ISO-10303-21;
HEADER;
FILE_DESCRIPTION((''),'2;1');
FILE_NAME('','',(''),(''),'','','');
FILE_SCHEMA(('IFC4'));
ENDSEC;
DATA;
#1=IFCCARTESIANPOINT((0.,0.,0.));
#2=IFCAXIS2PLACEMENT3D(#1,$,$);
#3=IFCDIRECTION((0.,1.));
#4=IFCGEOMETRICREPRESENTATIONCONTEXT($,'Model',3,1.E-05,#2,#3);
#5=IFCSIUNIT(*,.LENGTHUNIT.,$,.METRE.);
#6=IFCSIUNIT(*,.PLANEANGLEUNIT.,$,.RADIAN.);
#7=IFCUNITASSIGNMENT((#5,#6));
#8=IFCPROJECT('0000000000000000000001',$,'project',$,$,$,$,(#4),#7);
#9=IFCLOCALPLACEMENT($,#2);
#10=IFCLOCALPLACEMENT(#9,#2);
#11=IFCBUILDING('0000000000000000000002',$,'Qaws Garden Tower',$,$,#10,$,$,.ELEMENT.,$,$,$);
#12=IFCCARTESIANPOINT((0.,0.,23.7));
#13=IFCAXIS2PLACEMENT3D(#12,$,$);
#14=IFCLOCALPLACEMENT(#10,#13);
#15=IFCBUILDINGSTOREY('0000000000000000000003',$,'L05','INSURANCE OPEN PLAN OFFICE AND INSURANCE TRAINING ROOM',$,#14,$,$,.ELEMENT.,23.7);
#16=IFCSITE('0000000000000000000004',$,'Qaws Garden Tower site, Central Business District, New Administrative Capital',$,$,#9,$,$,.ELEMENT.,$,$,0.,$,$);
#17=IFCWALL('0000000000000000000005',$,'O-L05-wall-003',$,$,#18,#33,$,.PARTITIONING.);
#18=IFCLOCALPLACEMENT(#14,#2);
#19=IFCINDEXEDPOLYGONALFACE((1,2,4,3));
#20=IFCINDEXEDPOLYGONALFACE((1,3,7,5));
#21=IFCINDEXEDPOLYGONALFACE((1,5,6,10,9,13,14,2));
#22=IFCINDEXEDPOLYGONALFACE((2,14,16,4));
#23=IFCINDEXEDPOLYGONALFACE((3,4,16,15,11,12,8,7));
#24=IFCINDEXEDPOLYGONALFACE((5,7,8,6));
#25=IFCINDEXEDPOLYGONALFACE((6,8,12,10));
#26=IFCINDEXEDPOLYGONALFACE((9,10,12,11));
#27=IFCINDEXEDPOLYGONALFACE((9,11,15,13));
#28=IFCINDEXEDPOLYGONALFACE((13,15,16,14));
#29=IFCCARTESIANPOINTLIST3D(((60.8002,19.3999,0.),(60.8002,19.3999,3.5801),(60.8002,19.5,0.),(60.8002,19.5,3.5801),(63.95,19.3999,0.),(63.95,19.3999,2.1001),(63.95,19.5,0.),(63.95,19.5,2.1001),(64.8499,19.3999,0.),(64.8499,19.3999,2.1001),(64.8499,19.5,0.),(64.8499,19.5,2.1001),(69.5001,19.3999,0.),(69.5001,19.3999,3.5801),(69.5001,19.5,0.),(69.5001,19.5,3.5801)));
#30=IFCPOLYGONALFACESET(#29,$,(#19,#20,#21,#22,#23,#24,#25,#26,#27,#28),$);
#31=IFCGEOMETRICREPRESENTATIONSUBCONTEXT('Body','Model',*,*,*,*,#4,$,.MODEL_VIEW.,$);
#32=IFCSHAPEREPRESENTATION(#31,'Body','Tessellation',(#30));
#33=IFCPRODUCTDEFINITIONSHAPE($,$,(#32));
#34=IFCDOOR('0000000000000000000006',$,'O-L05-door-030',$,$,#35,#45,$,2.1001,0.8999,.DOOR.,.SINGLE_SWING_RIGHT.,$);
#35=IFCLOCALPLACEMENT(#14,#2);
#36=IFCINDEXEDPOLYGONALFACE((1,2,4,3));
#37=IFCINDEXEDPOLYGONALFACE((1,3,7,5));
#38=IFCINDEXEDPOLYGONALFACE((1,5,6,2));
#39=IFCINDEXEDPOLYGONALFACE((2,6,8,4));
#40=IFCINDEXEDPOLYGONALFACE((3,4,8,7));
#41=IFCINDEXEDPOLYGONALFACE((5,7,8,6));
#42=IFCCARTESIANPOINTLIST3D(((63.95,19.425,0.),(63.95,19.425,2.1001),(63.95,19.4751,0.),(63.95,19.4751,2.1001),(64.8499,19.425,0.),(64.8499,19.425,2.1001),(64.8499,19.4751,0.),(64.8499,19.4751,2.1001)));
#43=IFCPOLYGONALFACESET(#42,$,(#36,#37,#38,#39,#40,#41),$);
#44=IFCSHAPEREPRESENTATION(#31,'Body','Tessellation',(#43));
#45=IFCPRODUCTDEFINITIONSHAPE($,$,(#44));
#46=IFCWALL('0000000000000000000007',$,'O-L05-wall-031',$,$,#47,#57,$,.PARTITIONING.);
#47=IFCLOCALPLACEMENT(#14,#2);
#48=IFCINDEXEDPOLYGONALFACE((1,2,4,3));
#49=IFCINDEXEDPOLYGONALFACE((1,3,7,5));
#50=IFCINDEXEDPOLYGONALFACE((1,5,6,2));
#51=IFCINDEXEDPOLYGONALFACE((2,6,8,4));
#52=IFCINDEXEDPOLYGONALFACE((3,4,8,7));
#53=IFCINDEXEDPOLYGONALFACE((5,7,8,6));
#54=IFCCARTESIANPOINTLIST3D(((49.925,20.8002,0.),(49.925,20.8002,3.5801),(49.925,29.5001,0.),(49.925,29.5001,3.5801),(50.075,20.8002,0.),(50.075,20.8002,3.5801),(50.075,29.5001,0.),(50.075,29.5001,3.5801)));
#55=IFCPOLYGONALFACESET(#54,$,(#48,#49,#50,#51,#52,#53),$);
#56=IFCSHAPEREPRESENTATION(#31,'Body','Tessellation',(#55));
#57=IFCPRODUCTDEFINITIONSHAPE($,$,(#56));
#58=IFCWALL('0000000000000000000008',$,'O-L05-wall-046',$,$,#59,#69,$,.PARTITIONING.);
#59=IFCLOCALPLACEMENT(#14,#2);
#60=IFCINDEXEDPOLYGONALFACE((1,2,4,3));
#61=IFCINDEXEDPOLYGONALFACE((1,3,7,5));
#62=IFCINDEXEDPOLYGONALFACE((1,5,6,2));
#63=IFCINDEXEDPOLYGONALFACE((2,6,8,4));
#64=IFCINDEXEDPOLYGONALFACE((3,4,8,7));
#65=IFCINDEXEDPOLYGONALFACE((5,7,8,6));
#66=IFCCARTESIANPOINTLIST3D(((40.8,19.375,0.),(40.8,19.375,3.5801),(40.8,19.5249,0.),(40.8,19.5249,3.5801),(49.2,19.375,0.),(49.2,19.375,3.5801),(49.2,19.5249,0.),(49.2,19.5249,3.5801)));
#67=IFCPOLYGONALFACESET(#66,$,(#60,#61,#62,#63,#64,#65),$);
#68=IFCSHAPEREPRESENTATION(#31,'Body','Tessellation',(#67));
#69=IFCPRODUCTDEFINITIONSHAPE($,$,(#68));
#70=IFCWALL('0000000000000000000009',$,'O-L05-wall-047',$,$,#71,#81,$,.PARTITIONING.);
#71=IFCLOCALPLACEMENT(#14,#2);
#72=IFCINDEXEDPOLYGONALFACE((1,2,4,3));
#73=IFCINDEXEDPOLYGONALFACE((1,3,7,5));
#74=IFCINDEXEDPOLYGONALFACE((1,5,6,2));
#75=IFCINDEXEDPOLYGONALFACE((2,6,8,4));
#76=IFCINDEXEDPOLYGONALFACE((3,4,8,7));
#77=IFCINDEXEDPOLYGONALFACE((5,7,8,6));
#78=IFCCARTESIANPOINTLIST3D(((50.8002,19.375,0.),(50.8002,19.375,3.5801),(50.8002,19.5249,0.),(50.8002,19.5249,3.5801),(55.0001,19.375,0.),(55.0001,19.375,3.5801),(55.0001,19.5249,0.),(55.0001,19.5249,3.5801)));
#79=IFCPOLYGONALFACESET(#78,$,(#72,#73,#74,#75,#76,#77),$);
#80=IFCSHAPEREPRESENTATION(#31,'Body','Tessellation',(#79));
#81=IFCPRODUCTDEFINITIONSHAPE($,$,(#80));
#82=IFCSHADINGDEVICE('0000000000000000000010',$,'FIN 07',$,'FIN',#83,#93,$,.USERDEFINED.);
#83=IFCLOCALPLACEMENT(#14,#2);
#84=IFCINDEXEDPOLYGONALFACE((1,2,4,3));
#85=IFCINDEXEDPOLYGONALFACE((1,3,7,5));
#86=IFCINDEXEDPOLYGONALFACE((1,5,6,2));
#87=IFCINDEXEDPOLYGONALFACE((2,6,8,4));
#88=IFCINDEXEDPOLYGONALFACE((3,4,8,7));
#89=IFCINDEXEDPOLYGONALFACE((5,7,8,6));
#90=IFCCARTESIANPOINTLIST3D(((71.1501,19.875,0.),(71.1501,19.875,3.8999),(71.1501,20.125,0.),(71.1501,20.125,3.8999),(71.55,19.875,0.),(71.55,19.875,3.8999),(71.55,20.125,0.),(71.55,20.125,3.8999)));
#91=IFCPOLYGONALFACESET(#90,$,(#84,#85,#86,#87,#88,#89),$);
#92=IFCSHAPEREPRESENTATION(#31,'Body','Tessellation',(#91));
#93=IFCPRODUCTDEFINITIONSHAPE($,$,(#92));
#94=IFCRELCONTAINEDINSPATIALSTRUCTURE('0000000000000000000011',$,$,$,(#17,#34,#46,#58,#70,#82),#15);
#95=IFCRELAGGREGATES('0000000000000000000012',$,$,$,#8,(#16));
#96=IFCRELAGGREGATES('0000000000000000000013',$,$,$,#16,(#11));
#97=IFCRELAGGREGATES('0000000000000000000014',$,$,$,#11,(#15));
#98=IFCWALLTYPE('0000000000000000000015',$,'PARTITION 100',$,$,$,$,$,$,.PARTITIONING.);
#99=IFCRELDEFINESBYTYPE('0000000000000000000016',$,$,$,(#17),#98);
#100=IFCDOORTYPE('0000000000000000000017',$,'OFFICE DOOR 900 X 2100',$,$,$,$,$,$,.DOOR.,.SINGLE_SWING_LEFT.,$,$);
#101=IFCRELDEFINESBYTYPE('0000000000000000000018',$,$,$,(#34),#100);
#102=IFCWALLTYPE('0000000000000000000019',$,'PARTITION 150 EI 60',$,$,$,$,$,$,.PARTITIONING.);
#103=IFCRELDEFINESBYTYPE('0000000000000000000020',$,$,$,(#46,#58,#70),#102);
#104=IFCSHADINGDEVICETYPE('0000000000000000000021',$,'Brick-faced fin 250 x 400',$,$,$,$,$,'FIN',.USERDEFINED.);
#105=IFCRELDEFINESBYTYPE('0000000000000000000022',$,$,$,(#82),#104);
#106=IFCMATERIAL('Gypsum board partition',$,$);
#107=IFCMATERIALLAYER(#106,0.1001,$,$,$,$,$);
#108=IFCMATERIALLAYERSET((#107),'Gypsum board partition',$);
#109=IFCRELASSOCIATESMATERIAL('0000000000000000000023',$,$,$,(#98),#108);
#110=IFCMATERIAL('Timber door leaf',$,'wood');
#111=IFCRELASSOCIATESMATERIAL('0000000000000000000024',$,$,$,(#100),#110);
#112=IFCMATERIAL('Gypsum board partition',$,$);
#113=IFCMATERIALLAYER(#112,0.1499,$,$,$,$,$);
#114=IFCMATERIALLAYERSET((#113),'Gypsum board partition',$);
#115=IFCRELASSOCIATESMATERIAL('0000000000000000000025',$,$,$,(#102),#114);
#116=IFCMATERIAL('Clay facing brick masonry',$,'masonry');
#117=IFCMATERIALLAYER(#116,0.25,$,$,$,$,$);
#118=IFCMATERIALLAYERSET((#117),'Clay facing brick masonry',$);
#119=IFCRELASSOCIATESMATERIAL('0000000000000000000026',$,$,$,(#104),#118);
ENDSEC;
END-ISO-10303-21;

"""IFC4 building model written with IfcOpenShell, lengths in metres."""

from ifc_helpers import new_model, si_unit, direction, frame, frame_2d, origin, origin_2d, place, context, subcontext, project, spatial, rectangle, extrude, material, layer, layer_set, type_object, element, fill, save


model = new_model("IFC4")

# Units and contexts
model_context = context("Model", 3, precision=1e-05, world=origin(), true_north=direction((0.0, 1.0)))
body_context = subcontext(model_context, "Body", "Model", "MODEL_VIEW")
ifc_project = project(units=[si_unit("LENGTHUNIT", "METRE"), si_unit("PLANEANGLEUNIT", "RADIAN")], contexts=[model_context])

# Site, building, storey
site_placement = place(None, origin())
site = spatial("IfcSite", under=ifc_project, at=site_placement, Name="Qaws Garden Tower site, Central Business District, New Administrative Capital", CompositionType="ELEMENT", RefElevation=0.0)
building_placement = place(site_placement, origin())
building = spatial("IfcBuilding", under=site, at=building_placement, Name="Qaws Garden Tower", CompositionType="ELEMENT")
storey_placement = place(building_placement, frame((0.0, 0.0, 23.7)))
storey = spatial("IfcBuildingStorey", under=building, at=storey_placement, Name="L05", Description="INSURANCE OPEN PLAN OFFICE AND INSURANCE TRAINING ROOM", CompositionType="ELEMENT", Elevation=23.7)

# Wall, opening, door
ifc_material_1 = material(Name="Gypsum board partition")
ifc_layer_1 = layer(ifc_material_1, 0.1001)
ifc_layer_set_1 = layer_set([ifc_layer_1], Name="Gypsum board partition")
wall_type_1 = type_object("IfcWallType", Name="PARTITION 100", PredefinedType="PARTITIONING", material=ifc_layer_set_1)
wall_1_placement = place(storey_placement, frame((60.8, 19.45, 0.0), z_axis=(0.0, 0.0, 1.0), x_axis=(1.0, 0.0, 0.0)))
wall_1 = element("IfcWall", 1, at=wall_1_placement, inside=storey, type_object=wall_type_1, Name="O-L05-wall-003", PredefinedType="PARTITIONING", context=body_context, shape_type="SweptSolid", body=[
    extrude(rectangle(XDim=8.7, YDim=0.1001, at=frame_2d((4.3501, 0.0))), origin(), (0.0, 0.0, 1.0), 3.5801),
])
opening_placement = place(wall_1_placement, frame((3.1499, 0.0, 0.0)))
opening = element("IfcOpeningElement", 2, at=opening_placement, cuts=wall_1, PredefinedType="OPENING", context=body_context, shape_type="SweptSolid", body=[
    extrude(rectangle(XDim=0.8999, YDim=2.1001, at=frame_2d((0.45, 1.05))), frame((0.0, 0.0601, 0.0), z_axis=(0.0, -1.0, 0.0), x_axis=(1.0, 0.0, 0.0)), (0.0, 0.0, 1.0), 0.1201),
])
ifc_material_2 = material(Name="Timber door leaf", Category="wood")
door_type = type_object("IfcDoorType", Name="OFFICE DOOR 900 X 2100", OperationType="SINGLE_SWING_LEFT", PredefinedType="DOOR", material=ifc_material_2)
door_placement = place(opening_placement, frame((0.8999, 0.0, 0.0), z_axis=(0.0, 0.0, 1.0), x_axis=(-1.0, 0.0, 0.0)))
door = element("IfcDoor", 3, at=door_placement, inside=storey, type_object=door_type, Name="O-L05-door-030", OperationType="SINGLE_SWING_RIGHT", OverallHeight=2.1001, OverallWidth=0.8999, PredefinedType="DOOR", context=body_context, shape_type="SweptSolid", body=[
    extrude(rectangle(XDim=0.8999, YDim=2.1001, at=frame_2d((0.45, 1.05))), frame((0.0, 0.0249, 0.0), z_axis=(0.0, -1.0, 0.0), x_axis=(1.0, 0.0, 0.0)), (0.0, 0.0, 1.0), 0.05),
])
fill(opening, door)

# Walls
ifc_material_3 = material(Name="Gypsum board partition")
ifc_layer_2 = layer(ifc_material_3, 0.1499)
ifc_layer_set_2 = layer_set([ifc_layer_2], Name="Gypsum board partition")
wall_type_2 = type_object("IfcWallType", Name="PARTITION 150 EI 60", PredefinedType="PARTITIONING", material=ifc_layer_set_2)
wall_2_placement = place(storey_placement, frame((50.0, 20.8, 0.0), z_axis=(0.0, 0.0, 1.0), x_axis=(0.0, 1.0, 0.0)))
element("IfcWall", 4, at=wall_2_placement, inside=storey, type_object=wall_type_2, Name="O-L05-wall-031", PredefinedType="PARTITIONING", context=body_context, shape_type="SweptSolid", body=[
    extrude(rectangle(XDim=8.7, YDim=0.1499, at=frame_2d((4.3501, 0.0))), origin(), (0.0, 0.0, 1.0), 3.5801),
])
wall_3_placement = place(storey_placement, frame((40.8, 19.45, 0.0), z_axis=(0.0, 0.0, 1.0), x_axis=(1.0, 0.0, 0.0)))
element("IfcWall", 5, at=wall_3_placement, inside=storey, type_object=wall_type_2, Name="O-L05-wall-046", PredefinedType="PARTITIONING", context=body_context, shape_type="SweptSolid", body=[
    extrude(rectangle(XDim=8.3999, YDim=0.1499, at=frame_2d((4.2, 0.0))), origin(), (0.0, 0.0, 1.0), 3.5801),
])
wall_4_placement = place(storey_placement, frame((50.8, 19.45, 0.0), z_axis=(0.0, 0.0, 1.0), x_axis=(1.0, 0.0, 0.0)))
element("IfcWall", 6, at=wall_4_placement, inside=storey, type_object=wall_type_2, Name="O-L05-wall-047", PredefinedType="PARTITIONING", context=body_context, shape_type="SweptSolid", body=[
    extrude(rectangle(XDim=4.2, YDim=0.1499, at=frame_2d((2.1001, 0.0))), origin(), (0.0, 0.0, 1.0), 3.5801),
])

# Shading device
ifc_material_4 = material(Name="Clay facing brick masonry", Category="masonry")
ifc_layer_3 = layer(ifc_material_4, 0.25)
ifc_layer_set_3 = layer_set([ifc_layer_3], Name="Clay facing brick masonry")
shading_device_type = type_object("IfcShadingDeviceType", Name="Brick-faced fin 250 x 400", ElementType="FIN", PredefinedType="USERDEFINED", material=ifc_layer_set_3)
shading_device_placement = place(storey_placement, frame((71.3501, 20.0, 0.0), z_axis=(0.0, 0.0, 1.0), x_axis=(0.0, 1.0, 0.0)))
element("IfcShadingDevice", 7, at=shading_device_placement, inside=storey, type_object=shading_device_type, Name="FIN 07", ObjectType="FIN", PredefinedType="USERDEFINED", context=body_context, shape_type="SweptSolid", body=[
    extrude(rectangle(XDim=0.25, YDim=0.3999, at=origin_2d()), origin(), (0.0, 0.0, 1.0), 3.8999),
])

save(model, "model.ifc")
